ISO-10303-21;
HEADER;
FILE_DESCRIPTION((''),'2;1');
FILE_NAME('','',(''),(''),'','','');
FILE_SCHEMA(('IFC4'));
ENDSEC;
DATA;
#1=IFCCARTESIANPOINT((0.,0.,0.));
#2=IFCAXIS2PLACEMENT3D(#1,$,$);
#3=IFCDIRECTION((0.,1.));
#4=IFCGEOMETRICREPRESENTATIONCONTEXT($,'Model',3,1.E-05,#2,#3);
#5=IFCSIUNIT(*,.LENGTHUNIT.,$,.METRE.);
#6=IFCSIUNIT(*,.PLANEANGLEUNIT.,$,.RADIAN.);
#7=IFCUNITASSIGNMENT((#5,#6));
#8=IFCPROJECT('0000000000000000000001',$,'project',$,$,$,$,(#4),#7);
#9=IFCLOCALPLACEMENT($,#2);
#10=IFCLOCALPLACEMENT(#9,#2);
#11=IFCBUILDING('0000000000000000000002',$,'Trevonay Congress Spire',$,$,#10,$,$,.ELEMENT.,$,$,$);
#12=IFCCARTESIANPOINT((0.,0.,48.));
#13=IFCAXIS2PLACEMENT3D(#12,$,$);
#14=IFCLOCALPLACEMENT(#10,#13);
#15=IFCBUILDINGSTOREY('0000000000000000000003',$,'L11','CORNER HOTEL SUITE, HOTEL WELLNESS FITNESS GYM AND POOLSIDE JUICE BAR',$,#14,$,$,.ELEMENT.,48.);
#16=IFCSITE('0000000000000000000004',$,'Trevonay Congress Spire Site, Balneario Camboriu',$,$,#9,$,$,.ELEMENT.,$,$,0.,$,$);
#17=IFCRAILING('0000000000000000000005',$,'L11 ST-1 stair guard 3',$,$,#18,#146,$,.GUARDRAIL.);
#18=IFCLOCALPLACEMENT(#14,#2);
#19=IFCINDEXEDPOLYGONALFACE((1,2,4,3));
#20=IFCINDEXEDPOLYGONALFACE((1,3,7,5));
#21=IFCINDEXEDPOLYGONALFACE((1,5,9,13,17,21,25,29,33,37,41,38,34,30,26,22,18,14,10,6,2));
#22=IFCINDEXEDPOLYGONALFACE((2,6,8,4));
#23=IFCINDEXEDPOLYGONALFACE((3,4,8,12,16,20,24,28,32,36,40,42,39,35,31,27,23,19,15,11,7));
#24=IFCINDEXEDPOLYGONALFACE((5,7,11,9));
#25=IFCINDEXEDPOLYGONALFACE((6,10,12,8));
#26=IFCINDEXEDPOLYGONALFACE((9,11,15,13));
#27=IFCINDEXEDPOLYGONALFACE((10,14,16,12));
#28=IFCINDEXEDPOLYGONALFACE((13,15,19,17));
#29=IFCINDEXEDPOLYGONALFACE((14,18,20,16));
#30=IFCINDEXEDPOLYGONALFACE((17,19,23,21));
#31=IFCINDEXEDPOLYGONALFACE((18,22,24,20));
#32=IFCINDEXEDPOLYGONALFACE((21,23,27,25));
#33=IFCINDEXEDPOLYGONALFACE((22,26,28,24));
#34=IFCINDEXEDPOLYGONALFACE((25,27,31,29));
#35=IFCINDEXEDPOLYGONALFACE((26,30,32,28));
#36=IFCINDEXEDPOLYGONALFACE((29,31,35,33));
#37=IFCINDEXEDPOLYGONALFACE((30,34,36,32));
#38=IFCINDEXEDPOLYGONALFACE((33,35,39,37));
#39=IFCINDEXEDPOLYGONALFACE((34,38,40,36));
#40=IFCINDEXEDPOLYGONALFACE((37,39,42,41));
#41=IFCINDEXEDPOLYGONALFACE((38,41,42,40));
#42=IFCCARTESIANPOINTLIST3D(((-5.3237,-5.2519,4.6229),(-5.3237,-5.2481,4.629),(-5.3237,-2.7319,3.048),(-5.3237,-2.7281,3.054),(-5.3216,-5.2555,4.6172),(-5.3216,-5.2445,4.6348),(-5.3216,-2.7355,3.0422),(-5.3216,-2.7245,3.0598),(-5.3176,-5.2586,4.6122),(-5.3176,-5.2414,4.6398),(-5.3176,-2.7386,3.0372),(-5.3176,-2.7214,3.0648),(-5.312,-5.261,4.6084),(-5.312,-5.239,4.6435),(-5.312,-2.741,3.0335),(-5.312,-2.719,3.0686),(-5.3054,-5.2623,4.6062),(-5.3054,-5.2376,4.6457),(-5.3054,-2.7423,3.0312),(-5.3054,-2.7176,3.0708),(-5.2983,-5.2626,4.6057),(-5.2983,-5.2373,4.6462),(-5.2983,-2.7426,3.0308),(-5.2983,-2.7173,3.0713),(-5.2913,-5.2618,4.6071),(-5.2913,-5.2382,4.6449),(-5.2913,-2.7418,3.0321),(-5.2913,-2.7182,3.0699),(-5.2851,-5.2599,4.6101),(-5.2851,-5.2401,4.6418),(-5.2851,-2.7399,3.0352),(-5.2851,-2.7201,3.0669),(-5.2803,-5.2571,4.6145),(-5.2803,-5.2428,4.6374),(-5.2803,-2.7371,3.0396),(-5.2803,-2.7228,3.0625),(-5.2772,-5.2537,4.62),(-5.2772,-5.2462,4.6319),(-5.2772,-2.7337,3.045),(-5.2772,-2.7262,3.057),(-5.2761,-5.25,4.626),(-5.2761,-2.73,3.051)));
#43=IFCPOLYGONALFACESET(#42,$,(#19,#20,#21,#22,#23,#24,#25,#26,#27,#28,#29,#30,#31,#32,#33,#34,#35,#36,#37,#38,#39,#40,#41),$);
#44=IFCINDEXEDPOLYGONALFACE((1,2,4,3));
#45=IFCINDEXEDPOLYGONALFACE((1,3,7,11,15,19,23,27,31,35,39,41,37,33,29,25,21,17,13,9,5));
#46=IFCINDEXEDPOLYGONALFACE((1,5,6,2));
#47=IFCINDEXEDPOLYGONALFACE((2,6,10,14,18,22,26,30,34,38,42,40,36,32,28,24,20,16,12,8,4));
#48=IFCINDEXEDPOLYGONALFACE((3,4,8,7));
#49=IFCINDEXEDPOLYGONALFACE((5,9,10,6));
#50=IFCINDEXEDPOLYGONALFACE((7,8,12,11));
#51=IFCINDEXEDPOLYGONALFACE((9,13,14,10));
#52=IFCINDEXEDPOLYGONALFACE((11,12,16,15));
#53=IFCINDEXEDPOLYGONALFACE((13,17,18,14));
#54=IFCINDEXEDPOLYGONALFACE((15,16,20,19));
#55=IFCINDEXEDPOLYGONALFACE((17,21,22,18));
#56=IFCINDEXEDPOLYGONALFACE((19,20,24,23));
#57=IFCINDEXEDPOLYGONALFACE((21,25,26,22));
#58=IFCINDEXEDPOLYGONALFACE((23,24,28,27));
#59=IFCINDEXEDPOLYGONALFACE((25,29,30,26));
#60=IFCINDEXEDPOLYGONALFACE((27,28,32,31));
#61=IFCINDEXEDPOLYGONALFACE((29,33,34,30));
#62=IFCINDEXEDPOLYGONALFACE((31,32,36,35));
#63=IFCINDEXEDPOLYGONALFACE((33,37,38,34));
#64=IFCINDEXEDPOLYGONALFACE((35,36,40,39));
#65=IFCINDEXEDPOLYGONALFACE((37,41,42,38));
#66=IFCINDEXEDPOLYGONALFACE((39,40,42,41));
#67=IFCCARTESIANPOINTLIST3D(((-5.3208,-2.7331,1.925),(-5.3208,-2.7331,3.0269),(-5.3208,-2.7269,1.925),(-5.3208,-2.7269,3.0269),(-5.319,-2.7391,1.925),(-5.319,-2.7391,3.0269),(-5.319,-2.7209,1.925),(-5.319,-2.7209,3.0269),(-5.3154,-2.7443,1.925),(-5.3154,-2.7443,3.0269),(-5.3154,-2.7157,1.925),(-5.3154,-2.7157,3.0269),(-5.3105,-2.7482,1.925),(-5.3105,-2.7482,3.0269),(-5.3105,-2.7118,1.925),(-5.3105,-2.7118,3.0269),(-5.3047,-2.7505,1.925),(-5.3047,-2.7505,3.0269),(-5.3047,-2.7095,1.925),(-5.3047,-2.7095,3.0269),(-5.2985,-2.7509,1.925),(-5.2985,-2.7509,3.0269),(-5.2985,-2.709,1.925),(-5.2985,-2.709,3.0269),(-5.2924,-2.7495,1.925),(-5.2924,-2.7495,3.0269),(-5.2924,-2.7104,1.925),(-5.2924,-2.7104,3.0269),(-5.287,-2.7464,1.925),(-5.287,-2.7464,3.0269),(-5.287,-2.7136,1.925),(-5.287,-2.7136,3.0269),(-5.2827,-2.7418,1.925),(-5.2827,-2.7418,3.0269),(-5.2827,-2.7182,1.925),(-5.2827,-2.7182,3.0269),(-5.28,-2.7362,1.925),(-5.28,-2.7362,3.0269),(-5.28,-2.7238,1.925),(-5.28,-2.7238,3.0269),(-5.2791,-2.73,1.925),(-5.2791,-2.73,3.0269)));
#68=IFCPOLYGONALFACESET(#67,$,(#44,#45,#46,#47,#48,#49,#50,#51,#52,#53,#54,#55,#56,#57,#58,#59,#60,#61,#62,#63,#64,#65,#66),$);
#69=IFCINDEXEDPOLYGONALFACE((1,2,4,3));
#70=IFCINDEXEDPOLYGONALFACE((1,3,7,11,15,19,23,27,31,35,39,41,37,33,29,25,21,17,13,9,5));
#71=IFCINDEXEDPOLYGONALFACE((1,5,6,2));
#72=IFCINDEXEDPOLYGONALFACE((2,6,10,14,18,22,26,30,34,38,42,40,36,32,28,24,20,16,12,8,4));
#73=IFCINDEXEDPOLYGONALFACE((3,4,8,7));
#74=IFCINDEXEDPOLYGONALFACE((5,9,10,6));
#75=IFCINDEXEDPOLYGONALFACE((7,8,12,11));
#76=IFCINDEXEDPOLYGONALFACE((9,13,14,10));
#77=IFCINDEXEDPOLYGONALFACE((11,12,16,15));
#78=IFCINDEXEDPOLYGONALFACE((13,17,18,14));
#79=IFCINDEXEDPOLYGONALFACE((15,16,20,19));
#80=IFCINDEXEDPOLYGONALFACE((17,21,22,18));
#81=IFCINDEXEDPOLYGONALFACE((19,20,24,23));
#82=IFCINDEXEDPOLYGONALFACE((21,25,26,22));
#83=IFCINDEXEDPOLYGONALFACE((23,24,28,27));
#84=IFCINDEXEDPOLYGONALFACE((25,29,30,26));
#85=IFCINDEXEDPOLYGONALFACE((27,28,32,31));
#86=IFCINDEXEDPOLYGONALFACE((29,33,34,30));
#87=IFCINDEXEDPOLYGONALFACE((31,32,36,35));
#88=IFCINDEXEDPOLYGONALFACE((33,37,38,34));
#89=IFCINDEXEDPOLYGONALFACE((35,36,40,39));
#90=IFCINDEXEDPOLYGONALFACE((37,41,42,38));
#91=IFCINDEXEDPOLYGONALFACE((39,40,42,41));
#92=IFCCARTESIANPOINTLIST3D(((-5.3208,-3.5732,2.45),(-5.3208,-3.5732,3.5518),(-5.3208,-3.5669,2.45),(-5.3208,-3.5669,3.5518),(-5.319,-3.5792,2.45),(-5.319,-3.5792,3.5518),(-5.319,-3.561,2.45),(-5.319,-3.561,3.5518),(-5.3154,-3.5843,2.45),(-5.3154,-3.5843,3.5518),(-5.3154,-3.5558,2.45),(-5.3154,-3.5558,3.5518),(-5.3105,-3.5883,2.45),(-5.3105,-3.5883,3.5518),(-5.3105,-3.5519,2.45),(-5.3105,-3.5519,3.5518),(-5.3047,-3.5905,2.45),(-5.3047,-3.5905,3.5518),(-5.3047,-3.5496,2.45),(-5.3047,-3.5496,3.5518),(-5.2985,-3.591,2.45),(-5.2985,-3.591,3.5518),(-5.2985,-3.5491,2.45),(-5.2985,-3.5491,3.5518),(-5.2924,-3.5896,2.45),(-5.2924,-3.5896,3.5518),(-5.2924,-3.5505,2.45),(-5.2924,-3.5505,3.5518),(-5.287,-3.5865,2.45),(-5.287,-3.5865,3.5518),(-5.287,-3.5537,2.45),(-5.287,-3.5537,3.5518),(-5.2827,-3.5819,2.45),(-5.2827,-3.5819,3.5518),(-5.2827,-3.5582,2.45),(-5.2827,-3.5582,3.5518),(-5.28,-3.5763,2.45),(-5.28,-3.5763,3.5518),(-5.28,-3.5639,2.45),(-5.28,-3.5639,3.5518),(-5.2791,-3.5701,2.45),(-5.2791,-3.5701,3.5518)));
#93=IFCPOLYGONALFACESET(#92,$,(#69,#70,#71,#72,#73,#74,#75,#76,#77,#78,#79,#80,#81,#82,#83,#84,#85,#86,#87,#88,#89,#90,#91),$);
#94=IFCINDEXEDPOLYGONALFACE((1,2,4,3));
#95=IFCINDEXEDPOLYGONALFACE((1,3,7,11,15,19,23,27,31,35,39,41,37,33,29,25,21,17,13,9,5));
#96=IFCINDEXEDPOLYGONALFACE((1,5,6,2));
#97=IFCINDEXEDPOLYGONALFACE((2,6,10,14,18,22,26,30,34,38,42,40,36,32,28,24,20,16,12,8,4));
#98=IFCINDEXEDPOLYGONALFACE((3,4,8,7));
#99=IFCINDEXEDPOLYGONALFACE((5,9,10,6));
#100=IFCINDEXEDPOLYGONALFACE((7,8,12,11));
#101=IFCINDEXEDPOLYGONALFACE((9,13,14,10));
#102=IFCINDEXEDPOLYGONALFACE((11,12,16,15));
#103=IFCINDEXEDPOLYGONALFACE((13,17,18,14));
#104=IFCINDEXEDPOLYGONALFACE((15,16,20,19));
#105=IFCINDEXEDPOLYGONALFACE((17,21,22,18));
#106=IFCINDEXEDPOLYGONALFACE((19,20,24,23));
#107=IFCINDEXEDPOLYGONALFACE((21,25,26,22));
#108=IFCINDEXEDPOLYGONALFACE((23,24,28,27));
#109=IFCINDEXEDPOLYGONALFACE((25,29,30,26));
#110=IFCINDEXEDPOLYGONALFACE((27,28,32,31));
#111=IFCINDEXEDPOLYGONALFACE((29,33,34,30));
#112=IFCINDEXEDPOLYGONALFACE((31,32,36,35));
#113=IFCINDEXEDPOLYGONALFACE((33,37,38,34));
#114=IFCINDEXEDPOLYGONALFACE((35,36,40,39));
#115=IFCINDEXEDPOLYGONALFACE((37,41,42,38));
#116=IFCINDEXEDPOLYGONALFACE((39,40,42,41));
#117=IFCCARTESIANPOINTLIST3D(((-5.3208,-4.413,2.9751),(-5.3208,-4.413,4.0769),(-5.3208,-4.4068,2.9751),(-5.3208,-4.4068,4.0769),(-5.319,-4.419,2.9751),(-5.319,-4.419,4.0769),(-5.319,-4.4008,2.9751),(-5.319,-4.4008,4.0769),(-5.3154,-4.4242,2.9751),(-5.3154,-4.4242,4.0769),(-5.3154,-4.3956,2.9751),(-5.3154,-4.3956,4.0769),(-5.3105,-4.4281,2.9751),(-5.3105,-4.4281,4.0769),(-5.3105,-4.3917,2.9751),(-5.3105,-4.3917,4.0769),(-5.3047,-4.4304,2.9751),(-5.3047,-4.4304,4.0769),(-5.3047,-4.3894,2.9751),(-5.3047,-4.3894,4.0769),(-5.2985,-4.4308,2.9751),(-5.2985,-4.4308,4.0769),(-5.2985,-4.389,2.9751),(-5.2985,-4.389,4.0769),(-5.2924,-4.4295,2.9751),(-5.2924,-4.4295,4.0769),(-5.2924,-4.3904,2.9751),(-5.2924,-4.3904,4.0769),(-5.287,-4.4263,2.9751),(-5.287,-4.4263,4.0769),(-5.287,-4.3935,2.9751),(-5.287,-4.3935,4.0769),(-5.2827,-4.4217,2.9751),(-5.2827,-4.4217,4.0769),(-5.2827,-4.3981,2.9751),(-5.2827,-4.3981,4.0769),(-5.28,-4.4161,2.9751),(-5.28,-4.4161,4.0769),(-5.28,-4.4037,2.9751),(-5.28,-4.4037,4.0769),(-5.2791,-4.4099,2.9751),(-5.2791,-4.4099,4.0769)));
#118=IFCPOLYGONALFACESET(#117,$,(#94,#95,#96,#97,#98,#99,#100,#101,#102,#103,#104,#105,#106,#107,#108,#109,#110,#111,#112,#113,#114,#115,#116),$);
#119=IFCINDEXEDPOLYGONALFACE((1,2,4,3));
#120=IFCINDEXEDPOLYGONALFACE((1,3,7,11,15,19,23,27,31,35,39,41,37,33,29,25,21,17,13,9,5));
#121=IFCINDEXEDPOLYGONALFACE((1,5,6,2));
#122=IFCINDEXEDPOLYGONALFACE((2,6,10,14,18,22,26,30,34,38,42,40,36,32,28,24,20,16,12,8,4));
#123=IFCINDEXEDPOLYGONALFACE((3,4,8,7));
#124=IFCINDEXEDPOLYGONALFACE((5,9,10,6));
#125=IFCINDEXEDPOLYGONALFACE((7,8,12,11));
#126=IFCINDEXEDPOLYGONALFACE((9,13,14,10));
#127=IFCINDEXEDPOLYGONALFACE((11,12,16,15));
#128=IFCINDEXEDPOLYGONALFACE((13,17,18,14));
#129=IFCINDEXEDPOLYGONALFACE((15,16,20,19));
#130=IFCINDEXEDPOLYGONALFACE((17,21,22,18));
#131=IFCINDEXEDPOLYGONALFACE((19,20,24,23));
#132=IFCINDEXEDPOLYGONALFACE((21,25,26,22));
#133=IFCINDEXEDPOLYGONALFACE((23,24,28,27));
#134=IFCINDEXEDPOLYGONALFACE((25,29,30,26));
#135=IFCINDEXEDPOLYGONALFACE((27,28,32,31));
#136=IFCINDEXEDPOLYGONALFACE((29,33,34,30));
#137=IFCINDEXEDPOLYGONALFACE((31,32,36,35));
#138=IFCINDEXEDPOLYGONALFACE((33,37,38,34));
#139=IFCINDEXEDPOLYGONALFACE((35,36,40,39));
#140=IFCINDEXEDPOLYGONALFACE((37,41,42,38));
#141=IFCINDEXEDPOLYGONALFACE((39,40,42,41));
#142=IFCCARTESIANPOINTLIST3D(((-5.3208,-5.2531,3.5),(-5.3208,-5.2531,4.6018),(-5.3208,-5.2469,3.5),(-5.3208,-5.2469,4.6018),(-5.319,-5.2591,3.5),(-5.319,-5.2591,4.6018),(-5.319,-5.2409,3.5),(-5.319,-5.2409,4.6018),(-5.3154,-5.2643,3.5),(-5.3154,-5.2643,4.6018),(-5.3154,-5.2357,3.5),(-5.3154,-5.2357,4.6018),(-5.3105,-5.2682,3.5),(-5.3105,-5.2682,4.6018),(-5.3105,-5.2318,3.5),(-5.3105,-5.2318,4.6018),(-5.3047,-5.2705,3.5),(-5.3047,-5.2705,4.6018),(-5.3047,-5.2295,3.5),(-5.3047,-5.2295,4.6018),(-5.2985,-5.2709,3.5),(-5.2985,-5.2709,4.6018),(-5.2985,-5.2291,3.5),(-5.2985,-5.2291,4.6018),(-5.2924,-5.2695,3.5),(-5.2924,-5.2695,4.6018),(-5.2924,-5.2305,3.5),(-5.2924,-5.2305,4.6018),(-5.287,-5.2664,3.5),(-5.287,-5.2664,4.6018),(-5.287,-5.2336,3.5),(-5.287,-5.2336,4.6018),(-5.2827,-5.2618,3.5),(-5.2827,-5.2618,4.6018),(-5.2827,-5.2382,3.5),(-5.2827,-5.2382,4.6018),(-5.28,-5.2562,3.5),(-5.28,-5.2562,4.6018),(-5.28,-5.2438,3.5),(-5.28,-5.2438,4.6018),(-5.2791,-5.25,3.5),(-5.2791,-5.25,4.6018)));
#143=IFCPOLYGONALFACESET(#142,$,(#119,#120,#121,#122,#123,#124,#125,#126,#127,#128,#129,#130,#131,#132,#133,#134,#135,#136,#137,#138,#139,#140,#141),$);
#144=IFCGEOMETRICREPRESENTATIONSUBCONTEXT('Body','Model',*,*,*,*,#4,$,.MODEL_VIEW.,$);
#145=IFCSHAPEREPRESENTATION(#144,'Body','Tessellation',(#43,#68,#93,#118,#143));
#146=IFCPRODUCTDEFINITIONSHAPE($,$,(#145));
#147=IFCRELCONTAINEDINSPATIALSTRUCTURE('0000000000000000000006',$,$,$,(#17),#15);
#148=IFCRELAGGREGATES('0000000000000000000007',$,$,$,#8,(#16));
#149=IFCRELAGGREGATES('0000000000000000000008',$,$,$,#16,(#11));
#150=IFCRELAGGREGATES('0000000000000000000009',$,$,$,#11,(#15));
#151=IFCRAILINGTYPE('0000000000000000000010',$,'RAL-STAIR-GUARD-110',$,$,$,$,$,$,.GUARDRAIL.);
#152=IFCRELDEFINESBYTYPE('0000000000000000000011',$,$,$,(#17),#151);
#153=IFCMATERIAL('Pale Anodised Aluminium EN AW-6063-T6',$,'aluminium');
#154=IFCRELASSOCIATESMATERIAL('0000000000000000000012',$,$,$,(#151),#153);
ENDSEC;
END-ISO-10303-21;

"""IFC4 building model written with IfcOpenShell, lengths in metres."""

from ifc_helpers import new_model, si_unit, direction, frame, origin, origin_2d, place, context, subcontext, project, spatial, circle, extrude, material, type_object, element, save


model = new_model("IFC4")

# Units and contexts
model_context = context("Model", 3, precision=1e-05, world=origin(), true_north=direction((0.0, 1.0)))
body_context = subcontext(model_context, "Body", "Model", "MODEL_VIEW")
ifc_project = project(units=[si_unit("LENGTHUNIT", "METRE"), si_unit("PLANEANGLEUNIT", "RADIAN")], contexts=[model_context])

# Site, building, storey
site_placement = place(None, origin())
site = spatial("IfcSite", under=ifc_project, at=site_placement, Name="Trevonay Congress Spire Site, Balneario Camboriu", CompositionType="ELEMENT", RefElevation=0.0)
building_placement = place(site_placement, origin())
building = spatial("IfcBuilding", under=site, at=building_placement, Name="Trevonay Congress Spire", CompositionType="ELEMENT")
storey_placement = place(building_placement, frame((0.0, 0.0, 48.0)))
storey = spatial("IfcBuildingStorey", under=building, at=storey_placement, Name="L11", Description="CORNER HOTEL SUITE, HOTEL WELLNESS FITNESS GYM AND POOLSIDE JUICE BAR", CompositionType="ELEMENT", Elevation=48.0)

# Shared definitions
ifc_material_1 = material(Name="Pale Anodised Aluminium EN AW-6063-T6", Category="aluminium")

# Railing
railing_type_1 = type_object("IfcRailingType", Name="RAL-STAIR-GUARD-110", PredefinedType="GUARDRAIL", material=ifc_material_1)
railing_1_placement = place(storey_placement, frame((-5.3, -2.73, 1.925)))
element("IfcRailing", 1, at=railing_1_placement, inside=storey, type_object=railing_type_1, Name="L11 ST-1 stair guard 3", PredefinedType="GUARDRAIL", context=body_context, shape_type="SweptSolid", body=[
    extrude(circle(Radius=0.0239, at=origin_2d()), frame((0.0, 0.0, 1.126), z_axis=(0.0, -0.848008, 0.529984), x_axis=(1.0, 0.0, 0.0)), (0.0, 0.0, 1.0), 2.9717),
    extrude(circle(Radius=0.021, at=origin_2d()), origin(), (0.0, 0.0, 1.0), 1.1018),
    extrude(circle(Radius=0.021, at=origin_2d()), frame((0.0, -0.8401, 0.5249)), (0.0, 0.0, 1.0), 1.1018),
    extrude(circle(Radius=0.021, at=origin_2d()), frame((0.0, -1.6799, 1.05)), (0.0, 0.0, 1.0), 1.1018),
    extrude(circle(Radius=0.021, at=origin_2d()), frame((0.0, -2.52, 1.575)), (0.0, 0.0, 1.0), 1.1018),
])

save(model, "model.ifc")
